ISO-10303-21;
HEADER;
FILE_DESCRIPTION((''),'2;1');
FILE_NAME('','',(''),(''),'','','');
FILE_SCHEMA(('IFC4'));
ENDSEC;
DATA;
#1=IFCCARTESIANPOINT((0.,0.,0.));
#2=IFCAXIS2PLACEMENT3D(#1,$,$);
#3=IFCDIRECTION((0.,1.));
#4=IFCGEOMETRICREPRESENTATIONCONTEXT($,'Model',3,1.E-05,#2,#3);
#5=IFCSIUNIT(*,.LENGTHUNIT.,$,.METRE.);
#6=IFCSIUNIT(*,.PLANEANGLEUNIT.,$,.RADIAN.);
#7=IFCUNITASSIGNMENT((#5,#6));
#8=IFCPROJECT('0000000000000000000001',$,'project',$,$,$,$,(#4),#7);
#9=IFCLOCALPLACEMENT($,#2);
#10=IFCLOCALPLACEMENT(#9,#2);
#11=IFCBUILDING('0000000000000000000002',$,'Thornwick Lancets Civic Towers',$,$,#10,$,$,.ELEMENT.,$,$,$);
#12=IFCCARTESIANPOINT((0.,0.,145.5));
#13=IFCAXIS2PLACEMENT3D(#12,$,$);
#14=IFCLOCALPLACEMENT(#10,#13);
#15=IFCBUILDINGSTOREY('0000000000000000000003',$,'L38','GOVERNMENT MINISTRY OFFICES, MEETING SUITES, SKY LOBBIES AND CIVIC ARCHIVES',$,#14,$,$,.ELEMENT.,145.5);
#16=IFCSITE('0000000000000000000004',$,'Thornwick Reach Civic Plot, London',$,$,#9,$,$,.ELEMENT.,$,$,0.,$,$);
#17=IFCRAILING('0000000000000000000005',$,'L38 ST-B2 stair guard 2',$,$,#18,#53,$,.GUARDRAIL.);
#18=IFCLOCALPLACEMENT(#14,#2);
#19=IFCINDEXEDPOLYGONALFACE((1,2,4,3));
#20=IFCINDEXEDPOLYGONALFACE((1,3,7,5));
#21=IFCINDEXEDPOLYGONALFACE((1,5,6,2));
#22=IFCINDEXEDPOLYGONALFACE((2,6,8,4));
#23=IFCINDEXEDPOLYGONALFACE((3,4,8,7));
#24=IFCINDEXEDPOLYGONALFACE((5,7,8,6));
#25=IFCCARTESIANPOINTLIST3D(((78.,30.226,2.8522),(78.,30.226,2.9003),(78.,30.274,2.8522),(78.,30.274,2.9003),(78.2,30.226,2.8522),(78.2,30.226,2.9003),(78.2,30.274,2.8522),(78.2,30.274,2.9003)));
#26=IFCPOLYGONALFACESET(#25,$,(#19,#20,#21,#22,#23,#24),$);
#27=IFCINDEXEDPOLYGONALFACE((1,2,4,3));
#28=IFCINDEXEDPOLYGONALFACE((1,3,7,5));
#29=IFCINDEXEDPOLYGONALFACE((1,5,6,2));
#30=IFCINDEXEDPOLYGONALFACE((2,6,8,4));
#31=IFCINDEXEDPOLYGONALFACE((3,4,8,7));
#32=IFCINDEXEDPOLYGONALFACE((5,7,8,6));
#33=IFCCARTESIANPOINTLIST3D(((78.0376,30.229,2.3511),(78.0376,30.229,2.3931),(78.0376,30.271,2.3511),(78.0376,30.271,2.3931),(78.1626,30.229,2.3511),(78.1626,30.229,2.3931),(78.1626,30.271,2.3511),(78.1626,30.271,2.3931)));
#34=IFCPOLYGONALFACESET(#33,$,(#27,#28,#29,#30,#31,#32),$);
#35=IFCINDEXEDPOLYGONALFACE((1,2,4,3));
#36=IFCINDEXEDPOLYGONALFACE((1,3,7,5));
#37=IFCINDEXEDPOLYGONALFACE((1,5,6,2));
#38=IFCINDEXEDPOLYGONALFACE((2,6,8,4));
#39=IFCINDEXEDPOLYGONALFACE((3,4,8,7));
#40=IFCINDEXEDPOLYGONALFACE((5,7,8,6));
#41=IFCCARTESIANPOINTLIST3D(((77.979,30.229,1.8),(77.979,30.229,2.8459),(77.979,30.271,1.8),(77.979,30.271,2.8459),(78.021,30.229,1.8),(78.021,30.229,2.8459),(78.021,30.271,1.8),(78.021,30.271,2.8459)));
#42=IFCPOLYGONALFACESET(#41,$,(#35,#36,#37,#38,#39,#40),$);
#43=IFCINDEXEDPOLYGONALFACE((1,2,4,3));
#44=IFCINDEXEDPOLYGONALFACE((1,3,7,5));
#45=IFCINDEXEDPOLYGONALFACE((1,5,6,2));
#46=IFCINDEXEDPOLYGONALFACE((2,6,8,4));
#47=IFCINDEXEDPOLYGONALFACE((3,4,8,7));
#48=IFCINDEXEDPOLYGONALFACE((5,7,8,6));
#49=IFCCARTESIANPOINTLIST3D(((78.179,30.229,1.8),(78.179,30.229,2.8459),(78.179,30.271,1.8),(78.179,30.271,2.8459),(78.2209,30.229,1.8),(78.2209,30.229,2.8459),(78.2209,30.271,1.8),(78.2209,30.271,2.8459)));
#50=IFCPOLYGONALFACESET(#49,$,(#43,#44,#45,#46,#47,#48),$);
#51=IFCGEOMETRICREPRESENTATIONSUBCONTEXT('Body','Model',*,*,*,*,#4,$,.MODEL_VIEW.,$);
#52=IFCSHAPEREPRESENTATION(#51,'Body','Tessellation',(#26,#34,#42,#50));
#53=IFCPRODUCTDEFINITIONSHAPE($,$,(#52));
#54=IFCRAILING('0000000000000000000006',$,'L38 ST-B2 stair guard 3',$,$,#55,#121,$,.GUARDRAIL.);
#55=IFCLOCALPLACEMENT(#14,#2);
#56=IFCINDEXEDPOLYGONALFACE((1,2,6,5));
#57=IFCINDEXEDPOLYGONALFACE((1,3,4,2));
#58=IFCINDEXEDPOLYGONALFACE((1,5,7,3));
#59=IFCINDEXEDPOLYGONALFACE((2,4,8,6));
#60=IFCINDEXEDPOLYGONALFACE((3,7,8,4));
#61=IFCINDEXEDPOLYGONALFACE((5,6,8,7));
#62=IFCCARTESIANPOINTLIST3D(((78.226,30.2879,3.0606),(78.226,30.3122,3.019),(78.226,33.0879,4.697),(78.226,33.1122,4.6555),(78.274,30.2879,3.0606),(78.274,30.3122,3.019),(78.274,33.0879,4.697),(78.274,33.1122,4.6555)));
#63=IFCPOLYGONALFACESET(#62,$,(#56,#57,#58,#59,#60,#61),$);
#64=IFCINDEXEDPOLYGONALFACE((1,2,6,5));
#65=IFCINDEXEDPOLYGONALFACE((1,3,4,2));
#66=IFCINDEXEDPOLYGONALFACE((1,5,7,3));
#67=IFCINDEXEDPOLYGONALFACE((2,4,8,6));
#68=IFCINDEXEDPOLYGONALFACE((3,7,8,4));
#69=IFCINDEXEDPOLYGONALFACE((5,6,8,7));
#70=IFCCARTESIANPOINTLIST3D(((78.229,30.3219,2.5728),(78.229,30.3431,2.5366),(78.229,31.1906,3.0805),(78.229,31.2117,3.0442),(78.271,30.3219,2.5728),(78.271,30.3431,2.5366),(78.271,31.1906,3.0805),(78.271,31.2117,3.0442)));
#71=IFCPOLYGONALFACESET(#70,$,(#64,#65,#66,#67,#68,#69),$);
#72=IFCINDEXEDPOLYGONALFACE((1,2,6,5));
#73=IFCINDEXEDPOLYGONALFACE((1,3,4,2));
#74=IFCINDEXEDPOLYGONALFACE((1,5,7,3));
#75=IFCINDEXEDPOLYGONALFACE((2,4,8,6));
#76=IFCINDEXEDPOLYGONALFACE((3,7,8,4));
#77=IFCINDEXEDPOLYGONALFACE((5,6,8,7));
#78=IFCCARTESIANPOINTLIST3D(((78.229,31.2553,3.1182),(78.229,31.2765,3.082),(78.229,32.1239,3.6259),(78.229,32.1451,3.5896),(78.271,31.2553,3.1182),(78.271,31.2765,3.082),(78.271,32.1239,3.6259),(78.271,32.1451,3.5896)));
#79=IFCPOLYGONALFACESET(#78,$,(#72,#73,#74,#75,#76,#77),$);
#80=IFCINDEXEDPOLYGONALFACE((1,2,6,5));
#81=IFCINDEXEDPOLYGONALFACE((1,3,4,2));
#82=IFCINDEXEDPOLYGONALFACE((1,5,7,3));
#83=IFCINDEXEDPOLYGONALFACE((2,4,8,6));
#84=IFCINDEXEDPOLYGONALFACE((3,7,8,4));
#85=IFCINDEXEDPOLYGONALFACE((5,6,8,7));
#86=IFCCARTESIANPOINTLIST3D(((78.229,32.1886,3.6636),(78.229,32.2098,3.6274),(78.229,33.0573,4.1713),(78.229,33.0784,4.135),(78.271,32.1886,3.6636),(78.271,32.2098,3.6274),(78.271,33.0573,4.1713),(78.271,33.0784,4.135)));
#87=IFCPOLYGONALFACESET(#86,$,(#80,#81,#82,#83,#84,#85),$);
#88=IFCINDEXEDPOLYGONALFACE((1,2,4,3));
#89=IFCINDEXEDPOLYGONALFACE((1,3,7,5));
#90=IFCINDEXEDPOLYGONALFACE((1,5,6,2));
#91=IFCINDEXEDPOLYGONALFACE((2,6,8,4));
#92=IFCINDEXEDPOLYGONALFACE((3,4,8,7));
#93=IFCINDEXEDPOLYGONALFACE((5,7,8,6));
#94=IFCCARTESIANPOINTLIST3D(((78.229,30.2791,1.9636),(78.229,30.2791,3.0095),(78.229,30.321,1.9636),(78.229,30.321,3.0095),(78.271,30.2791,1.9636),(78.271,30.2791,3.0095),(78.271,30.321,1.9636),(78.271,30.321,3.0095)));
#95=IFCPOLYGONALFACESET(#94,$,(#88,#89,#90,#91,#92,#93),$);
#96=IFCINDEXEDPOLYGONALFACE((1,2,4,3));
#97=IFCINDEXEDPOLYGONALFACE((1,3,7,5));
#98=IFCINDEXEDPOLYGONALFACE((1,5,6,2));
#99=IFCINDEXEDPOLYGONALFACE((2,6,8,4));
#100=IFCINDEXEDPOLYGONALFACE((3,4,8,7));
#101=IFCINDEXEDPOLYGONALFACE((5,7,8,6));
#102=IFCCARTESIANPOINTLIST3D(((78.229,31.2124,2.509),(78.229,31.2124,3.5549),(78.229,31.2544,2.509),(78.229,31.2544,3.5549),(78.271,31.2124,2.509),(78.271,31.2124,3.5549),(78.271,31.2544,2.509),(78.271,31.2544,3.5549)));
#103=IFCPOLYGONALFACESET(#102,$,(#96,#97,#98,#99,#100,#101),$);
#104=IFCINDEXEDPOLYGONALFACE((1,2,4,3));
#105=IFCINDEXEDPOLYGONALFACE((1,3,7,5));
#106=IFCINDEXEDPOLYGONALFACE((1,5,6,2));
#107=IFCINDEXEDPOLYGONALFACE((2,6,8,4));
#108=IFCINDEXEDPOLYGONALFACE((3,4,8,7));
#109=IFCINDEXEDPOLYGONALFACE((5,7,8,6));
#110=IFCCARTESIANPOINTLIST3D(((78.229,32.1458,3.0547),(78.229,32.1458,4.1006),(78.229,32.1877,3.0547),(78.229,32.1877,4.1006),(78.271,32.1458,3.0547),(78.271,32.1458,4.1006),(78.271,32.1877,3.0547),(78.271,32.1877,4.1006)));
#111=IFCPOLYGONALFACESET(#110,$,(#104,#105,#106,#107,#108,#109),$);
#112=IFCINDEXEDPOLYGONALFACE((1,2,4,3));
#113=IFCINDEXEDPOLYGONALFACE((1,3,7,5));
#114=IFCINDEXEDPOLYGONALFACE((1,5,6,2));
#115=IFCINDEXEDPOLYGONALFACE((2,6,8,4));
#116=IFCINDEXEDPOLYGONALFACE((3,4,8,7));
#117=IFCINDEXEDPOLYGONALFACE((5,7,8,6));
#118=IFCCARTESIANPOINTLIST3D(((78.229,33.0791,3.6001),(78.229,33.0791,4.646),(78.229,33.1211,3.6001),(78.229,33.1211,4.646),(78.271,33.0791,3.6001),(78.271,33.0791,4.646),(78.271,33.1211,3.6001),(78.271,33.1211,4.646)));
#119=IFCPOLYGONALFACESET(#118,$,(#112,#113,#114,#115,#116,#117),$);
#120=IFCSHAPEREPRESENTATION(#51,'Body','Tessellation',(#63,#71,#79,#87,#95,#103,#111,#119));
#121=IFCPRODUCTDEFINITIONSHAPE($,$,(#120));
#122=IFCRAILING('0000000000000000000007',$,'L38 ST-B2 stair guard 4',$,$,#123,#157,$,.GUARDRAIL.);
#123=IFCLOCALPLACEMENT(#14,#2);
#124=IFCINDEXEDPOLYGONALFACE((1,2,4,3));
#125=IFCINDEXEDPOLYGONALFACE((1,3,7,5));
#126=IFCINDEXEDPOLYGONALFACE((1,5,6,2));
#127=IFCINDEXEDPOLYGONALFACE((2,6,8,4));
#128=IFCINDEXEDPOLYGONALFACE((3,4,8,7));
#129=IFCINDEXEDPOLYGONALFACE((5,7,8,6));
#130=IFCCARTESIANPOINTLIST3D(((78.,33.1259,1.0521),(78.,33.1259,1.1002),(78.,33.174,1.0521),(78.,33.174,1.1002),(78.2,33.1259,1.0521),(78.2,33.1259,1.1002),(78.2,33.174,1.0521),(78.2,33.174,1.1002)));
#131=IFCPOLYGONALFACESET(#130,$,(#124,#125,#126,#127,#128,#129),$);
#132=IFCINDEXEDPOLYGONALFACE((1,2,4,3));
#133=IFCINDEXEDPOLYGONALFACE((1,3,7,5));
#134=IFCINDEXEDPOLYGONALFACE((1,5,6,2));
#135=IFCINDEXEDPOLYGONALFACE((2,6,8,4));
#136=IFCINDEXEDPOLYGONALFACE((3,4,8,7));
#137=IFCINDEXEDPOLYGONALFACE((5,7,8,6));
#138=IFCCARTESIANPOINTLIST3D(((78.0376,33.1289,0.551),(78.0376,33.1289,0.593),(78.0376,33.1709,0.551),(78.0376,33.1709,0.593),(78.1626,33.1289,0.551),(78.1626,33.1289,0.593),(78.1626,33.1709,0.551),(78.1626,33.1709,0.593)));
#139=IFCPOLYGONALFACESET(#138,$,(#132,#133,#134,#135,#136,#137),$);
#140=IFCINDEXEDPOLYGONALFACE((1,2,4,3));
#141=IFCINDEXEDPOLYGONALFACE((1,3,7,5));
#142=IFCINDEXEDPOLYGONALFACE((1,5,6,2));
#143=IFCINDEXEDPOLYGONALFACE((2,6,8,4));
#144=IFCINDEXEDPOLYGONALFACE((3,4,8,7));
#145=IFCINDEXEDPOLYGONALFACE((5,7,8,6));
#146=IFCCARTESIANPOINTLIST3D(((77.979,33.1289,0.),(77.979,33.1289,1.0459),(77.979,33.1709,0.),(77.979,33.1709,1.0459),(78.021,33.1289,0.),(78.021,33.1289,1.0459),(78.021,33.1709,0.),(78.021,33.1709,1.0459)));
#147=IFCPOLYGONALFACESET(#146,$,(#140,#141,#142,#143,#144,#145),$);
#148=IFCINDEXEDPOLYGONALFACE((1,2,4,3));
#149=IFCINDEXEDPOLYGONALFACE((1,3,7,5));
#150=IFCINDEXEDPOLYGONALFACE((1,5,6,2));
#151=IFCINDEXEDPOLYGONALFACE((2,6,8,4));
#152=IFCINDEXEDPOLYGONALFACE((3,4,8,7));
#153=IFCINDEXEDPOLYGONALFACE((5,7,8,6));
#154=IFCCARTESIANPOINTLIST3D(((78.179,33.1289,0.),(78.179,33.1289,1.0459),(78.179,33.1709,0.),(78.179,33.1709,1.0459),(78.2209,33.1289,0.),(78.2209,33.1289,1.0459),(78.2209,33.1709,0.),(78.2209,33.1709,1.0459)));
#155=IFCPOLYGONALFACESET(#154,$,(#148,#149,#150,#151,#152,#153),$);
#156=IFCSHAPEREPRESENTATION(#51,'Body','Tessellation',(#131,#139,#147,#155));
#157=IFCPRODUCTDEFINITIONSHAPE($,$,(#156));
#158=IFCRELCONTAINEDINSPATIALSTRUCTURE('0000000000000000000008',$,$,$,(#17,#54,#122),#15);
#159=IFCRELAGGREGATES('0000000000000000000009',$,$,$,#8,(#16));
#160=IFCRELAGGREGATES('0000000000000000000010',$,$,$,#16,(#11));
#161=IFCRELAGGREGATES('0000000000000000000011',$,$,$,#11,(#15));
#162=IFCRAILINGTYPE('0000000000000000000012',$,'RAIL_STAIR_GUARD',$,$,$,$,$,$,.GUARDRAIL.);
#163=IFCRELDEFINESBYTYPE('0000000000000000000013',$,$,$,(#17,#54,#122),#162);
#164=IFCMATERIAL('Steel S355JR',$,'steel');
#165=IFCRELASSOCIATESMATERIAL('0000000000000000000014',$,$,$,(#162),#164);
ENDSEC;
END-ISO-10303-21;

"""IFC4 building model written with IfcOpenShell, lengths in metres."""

from ifc_helpers import new_model, si_unit, direction, frame, origin, origin_2d, place, context, subcontext, project, spatial, rectangle, extrude, material, type_object, element, save


model = new_model("IFC4")

# Units and contexts
model_context = context("Model", 3, precision=1e-05, world=origin(), true_north=direction((0.0, 1.0)))
body_context = subcontext(model_context, "Body", "Model", "MODEL_VIEW")
ifc_project = project(units=[si_unit("LENGTHUNIT", "METRE"), si_unit("PLANEANGLEUNIT", "RADIAN")], contexts=[model_context])

# Site, building, storey
site_placement = place(None, origin())
site = spatial("IfcSite", under=ifc_project, at=site_placement, Name="Thornwick Reach Civic Plot, London", CompositionType="ELEMENT", RefElevation=0.0)
building_placement = place(site_placement, origin())
building = spatial("IfcBuilding", under=site, at=building_placement, Name="Thornwick Lancets Civic Towers", CompositionType="ELEMENT")
storey_placement = place(building_placement, frame((0.0, 0.0, 145.5)))
storey = spatial("IfcBuildingStorey", under=building, at=storey_placement, Name="L38", Description="GOVERNMENT MINISTRY OFFICES, MEETING SUITES, SKY LOBBIES AND CIVIC ARCHIVES", CompositionType="ELEMENT", Elevation=145.5)

# Shared definitions
ifc_material_1 = material(Name="Steel S355JR", Category="steel")

# Railings
railing_type_1 = type_object("IfcRailingType", Name="RAIL_STAIR_GUARD", PredefinedType="GUARDRAIL", material=ifc_material_1)
railing_1_placement = place(storey_placement, frame((78.0, 30.25, 1.8)))
element("IfcRailing", 1, at=railing_1_placement, inside=storey, type_object=railing_type_1, Name="L38 ST-B2 stair guard 2", PredefinedType="GUARDRAIL", context=body_context, shape_type="SweptSolid", body=[
    extrude(rectangle(XDim=0.0481, YDim=0.0481, at=origin_2d()), frame((0.0, 0.0, 1.0762), z_axis=(1.0, 0.0, 0.0), x_axis=(0.0, 1.0, 0.0)), (0.0, 0.0, 1.0), 0.2),
    extrude(rectangle(XDim=0.042, YDim=0.042, at=origin_2d()), frame((0.0376, 0.0, 0.572), z_axis=(1.0, 0.0, 0.0), x_axis=(0.0, 1.0, 0.0)), (0.0, 0.0, 1.0), 0.125),
    extrude(rectangle(XDim=0.042, YDim=0.042, at=origin_2d()), origin(), (0.0, 0.0, 1.0), 1.0459),
    extrude(rectangle(XDim=0.042, YDim=0.042, at=origin_2d()), frame((0.2, 0.0, 0.0)), (0.0, 0.0, 1.0), 1.0459),
])
railing_2_placement = place(storey_placement, frame((78.25, 30.3, 1.9636)))
element("IfcRailing", 2, at=railing_2_placement, inside=storey, type_object=railing_type_1, Name="L38 ST-B2 stair guard 3", PredefinedType="GUARDRAIL", context=body_context, shape_type="SweptSolid", body=[
    extrude(rectangle(XDim=0.0481, YDim=0.0481, at=origin_2d()), frame((0.0, 0.0, 1.0762), z_axis=(0.0, 0.863361, 0.504587), x_axis=(-1.0, 0.0, 0.0)), (0.0, 0.0, 1.0), 3.2432),
    extrude(rectangle(XDim=0.042, YDim=0.042, at=origin_2d()), frame((0.0, 0.0325, 0.5911), z_axis=(0.0, 0.863361, 0.504587), x_axis=(-1.0, 0.0, 0.0)), (0.0, 0.0, 1.0), 1.0061),
    extrude(rectangle(XDim=0.042, YDim=0.042, at=origin_2d()), frame((0.0, 0.9658, 1.1365), z_axis=(0.0, 0.863361, 0.504587), x_axis=(-1.0, 0.0, 0.0)), (0.0, 0.0, 1.0), 1.0061),
    extrude(rectangle(XDim=0.042, YDim=0.042, at=origin_2d()), frame((0.0, 1.8992, 1.6819), z_axis=(0.0, 0.863361, 0.504587), x_axis=(-1.0, 0.0, 0.0)), (0.0, 0.0, 1.0), 1.0061),
    extrude(rectangle(XDim=0.042, YDim=0.042, at=origin_2d()), origin(), (0.0, 0.0, 1.0), 1.0459),
    extrude(rectangle(XDim=0.042, YDim=0.042, at=origin_2d()), frame((0.0, 0.9333, 0.5454)), (0.0, 0.0, 1.0), 1.0459),
    extrude(rectangle(XDim=0.042, YDim=0.042, at=origin_2d()), frame((0.0, 1.8667, 1.0911)), (0.0, 0.0, 1.0), 1.0459),
    extrude(rectangle(XDim=0.042, YDim=0.042, at=origin_2d()), frame((0.0, 2.8, 1.6365)), (0.0, 0.0, 1.0), 1.0459),
])
railing_3_placement = place(storey_placement, frame((78.0, 33.1499, 0.0)))
element("IfcRailing", 3, at=railing_3_placement, inside=storey, type_object=railing_type_1, Name="L38 ST-B2 stair guard 4", PredefinedType="GUARDRAIL", context=body_context, shape_type="SweptSolid", body=[
    extrude(rectangle(XDim=0.0481, YDim=0.0481, at=origin_2d()), frame((0.0, 0.0, 1.0762), z_axis=(1.0, 0.0, 0.0), x_axis=(0.0, 1.0, 0.0)), (0.0, 0.0, 1.0), 0.2),
    extrude(rectangle(XDim=0.042, YDim=0.042, at=origin_2d()), frame((0.0376, 0.0, 0.572), z_axis=(1.0, 0.0, 0.0), x_axis=(0.0, 1.0, 0.0)), (0.0, 0.0, 1.0), 0.125),
    extrude(rectangle(XDim=0.042, YDim=0.042, at=origin_2d()), origin(), (0.0, 0.0, 1.0), 1.0459),
    extrude(rectangle(XDim=0.042, YDim=0.042, at=origin_2d()), frame((0.2, 0.0, 0.0)), (0.0, 0.0, 1.0), 1.0459),
])

save(model, "model.ifc")
